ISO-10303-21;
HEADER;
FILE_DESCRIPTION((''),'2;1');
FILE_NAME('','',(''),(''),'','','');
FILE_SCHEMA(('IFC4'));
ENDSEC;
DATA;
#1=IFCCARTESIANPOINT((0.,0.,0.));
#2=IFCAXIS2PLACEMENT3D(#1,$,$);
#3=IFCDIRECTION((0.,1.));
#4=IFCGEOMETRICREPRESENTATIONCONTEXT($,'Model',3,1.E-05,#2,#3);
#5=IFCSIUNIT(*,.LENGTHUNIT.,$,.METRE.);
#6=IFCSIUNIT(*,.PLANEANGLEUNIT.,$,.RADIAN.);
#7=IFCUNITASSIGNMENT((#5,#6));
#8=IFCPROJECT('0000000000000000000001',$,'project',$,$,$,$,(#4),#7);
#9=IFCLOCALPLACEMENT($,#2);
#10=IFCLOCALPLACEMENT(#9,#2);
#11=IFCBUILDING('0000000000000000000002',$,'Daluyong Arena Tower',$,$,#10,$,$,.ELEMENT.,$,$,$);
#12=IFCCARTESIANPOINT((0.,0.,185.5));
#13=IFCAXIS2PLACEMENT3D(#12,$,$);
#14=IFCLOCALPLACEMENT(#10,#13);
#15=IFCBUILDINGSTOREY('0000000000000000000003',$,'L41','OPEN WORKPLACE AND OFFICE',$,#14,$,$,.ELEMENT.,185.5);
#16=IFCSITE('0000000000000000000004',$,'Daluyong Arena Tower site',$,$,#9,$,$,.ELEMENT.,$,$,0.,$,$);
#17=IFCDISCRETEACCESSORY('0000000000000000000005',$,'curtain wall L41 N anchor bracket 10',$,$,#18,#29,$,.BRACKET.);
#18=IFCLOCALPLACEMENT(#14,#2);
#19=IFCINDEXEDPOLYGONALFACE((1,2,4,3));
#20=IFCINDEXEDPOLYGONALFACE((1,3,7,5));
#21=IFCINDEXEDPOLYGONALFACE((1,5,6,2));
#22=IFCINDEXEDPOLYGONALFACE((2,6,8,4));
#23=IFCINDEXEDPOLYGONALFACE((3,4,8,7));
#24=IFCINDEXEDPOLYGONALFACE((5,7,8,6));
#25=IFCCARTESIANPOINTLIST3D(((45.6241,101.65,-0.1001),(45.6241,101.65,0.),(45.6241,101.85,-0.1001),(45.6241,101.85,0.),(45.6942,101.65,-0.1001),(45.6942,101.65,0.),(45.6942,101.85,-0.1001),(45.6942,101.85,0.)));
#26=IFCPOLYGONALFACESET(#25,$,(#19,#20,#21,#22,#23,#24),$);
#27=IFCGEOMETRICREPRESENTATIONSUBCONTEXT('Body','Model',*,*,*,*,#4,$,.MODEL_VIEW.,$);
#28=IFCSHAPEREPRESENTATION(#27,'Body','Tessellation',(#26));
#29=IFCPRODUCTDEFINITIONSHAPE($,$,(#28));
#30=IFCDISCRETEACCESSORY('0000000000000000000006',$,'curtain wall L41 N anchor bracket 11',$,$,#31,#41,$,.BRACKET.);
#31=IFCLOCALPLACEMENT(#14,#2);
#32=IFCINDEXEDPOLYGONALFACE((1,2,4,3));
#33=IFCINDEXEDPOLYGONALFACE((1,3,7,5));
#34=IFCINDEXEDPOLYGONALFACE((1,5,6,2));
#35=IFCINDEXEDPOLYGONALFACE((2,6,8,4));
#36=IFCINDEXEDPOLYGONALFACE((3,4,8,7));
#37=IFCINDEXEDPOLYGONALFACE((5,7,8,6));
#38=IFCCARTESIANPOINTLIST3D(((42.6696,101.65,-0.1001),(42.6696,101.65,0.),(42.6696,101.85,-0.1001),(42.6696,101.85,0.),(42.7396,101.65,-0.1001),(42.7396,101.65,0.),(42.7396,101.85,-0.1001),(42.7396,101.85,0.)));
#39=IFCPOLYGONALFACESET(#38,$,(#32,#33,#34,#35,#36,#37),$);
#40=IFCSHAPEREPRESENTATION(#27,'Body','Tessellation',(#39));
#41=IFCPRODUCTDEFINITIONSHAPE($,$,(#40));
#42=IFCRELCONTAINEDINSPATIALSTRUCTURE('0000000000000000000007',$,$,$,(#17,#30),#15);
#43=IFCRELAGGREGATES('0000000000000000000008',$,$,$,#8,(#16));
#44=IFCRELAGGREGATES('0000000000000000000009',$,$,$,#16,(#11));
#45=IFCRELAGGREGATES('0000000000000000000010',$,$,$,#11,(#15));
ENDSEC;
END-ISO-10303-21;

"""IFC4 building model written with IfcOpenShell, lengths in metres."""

from ifc_helpers import new_model, si_unit, direction, frame, origin, origin_2d, place, context, subcontext, project, spatial, rectangle, extrude, element, save


model = new_model("IFC4")

# Units and contexts
model_context = context("Model", 3, precision=1e-05, world=origin(), true_north=direction((0.0, 1.0)))
body_context = subcontext(model_context, "Body", "Model", "MODEL_VIEW")
ifc_project = project(units=[si_unit("LENGTHUNIT", "METRE"), si_unit("PLANEANGLEUNIT", "RADIAN")], contexts=[model_context])

# Site, building, storey
site_placement = place(None, origin())
site = spatial("IfcSite", under=ifc_project, at=site_placement, Name="Daluyong Arena Tower site", CompositionType="ELEMENT", RefElevation=0.0)
building_placement = place(site_placement, origin())
building = spatial("IfcBuilding", under=site, at=building_placement, Name="Daluyong Arena Tower", CompositionType="ELEMENT")
storey_placement = place(building_placement, frame((0.0, 0.0, 185.5)))
storey = spatial("IfcBuildingStorey", under=building, at=storey_placement, Name="L41", Description="OPEN WORKPLACE AND OFFICE", CompositionType="ELEMENT", Elevation=185.5)

# Discrete accessories
for number, where, z_axis, x_axis, name in (
    (1, (45.6592, 101.75, -0.1001), (0.0, 0.0, 1.0), (-1.0, 0.0, 0.0), "curtain wall L41 N anchor bracket 10"),
    (2, (42.7046, 101.75, -0.1001), (0.0, 0.0, 1.0), (-1.0, 0.0, 0.0), "curtain wall L41 N anchor bracket 11"),
):
    element("IfcDiscreteAccessory", number, at=place(storey_placement, frame(where, z_axis=z_axis, x_axis=x_axis)), inside=storey, Name=name, PredefinedType="BRACKET", context=body_context, shape_type="SweptSolid", body=[
        extrude(rectangle(XDim=0.0701, YDim=0.2, at=origin_2d()), origin(), (0.0, 0.0, 1.0), 0.1001),
    ])

save(model, "model.ifc")
